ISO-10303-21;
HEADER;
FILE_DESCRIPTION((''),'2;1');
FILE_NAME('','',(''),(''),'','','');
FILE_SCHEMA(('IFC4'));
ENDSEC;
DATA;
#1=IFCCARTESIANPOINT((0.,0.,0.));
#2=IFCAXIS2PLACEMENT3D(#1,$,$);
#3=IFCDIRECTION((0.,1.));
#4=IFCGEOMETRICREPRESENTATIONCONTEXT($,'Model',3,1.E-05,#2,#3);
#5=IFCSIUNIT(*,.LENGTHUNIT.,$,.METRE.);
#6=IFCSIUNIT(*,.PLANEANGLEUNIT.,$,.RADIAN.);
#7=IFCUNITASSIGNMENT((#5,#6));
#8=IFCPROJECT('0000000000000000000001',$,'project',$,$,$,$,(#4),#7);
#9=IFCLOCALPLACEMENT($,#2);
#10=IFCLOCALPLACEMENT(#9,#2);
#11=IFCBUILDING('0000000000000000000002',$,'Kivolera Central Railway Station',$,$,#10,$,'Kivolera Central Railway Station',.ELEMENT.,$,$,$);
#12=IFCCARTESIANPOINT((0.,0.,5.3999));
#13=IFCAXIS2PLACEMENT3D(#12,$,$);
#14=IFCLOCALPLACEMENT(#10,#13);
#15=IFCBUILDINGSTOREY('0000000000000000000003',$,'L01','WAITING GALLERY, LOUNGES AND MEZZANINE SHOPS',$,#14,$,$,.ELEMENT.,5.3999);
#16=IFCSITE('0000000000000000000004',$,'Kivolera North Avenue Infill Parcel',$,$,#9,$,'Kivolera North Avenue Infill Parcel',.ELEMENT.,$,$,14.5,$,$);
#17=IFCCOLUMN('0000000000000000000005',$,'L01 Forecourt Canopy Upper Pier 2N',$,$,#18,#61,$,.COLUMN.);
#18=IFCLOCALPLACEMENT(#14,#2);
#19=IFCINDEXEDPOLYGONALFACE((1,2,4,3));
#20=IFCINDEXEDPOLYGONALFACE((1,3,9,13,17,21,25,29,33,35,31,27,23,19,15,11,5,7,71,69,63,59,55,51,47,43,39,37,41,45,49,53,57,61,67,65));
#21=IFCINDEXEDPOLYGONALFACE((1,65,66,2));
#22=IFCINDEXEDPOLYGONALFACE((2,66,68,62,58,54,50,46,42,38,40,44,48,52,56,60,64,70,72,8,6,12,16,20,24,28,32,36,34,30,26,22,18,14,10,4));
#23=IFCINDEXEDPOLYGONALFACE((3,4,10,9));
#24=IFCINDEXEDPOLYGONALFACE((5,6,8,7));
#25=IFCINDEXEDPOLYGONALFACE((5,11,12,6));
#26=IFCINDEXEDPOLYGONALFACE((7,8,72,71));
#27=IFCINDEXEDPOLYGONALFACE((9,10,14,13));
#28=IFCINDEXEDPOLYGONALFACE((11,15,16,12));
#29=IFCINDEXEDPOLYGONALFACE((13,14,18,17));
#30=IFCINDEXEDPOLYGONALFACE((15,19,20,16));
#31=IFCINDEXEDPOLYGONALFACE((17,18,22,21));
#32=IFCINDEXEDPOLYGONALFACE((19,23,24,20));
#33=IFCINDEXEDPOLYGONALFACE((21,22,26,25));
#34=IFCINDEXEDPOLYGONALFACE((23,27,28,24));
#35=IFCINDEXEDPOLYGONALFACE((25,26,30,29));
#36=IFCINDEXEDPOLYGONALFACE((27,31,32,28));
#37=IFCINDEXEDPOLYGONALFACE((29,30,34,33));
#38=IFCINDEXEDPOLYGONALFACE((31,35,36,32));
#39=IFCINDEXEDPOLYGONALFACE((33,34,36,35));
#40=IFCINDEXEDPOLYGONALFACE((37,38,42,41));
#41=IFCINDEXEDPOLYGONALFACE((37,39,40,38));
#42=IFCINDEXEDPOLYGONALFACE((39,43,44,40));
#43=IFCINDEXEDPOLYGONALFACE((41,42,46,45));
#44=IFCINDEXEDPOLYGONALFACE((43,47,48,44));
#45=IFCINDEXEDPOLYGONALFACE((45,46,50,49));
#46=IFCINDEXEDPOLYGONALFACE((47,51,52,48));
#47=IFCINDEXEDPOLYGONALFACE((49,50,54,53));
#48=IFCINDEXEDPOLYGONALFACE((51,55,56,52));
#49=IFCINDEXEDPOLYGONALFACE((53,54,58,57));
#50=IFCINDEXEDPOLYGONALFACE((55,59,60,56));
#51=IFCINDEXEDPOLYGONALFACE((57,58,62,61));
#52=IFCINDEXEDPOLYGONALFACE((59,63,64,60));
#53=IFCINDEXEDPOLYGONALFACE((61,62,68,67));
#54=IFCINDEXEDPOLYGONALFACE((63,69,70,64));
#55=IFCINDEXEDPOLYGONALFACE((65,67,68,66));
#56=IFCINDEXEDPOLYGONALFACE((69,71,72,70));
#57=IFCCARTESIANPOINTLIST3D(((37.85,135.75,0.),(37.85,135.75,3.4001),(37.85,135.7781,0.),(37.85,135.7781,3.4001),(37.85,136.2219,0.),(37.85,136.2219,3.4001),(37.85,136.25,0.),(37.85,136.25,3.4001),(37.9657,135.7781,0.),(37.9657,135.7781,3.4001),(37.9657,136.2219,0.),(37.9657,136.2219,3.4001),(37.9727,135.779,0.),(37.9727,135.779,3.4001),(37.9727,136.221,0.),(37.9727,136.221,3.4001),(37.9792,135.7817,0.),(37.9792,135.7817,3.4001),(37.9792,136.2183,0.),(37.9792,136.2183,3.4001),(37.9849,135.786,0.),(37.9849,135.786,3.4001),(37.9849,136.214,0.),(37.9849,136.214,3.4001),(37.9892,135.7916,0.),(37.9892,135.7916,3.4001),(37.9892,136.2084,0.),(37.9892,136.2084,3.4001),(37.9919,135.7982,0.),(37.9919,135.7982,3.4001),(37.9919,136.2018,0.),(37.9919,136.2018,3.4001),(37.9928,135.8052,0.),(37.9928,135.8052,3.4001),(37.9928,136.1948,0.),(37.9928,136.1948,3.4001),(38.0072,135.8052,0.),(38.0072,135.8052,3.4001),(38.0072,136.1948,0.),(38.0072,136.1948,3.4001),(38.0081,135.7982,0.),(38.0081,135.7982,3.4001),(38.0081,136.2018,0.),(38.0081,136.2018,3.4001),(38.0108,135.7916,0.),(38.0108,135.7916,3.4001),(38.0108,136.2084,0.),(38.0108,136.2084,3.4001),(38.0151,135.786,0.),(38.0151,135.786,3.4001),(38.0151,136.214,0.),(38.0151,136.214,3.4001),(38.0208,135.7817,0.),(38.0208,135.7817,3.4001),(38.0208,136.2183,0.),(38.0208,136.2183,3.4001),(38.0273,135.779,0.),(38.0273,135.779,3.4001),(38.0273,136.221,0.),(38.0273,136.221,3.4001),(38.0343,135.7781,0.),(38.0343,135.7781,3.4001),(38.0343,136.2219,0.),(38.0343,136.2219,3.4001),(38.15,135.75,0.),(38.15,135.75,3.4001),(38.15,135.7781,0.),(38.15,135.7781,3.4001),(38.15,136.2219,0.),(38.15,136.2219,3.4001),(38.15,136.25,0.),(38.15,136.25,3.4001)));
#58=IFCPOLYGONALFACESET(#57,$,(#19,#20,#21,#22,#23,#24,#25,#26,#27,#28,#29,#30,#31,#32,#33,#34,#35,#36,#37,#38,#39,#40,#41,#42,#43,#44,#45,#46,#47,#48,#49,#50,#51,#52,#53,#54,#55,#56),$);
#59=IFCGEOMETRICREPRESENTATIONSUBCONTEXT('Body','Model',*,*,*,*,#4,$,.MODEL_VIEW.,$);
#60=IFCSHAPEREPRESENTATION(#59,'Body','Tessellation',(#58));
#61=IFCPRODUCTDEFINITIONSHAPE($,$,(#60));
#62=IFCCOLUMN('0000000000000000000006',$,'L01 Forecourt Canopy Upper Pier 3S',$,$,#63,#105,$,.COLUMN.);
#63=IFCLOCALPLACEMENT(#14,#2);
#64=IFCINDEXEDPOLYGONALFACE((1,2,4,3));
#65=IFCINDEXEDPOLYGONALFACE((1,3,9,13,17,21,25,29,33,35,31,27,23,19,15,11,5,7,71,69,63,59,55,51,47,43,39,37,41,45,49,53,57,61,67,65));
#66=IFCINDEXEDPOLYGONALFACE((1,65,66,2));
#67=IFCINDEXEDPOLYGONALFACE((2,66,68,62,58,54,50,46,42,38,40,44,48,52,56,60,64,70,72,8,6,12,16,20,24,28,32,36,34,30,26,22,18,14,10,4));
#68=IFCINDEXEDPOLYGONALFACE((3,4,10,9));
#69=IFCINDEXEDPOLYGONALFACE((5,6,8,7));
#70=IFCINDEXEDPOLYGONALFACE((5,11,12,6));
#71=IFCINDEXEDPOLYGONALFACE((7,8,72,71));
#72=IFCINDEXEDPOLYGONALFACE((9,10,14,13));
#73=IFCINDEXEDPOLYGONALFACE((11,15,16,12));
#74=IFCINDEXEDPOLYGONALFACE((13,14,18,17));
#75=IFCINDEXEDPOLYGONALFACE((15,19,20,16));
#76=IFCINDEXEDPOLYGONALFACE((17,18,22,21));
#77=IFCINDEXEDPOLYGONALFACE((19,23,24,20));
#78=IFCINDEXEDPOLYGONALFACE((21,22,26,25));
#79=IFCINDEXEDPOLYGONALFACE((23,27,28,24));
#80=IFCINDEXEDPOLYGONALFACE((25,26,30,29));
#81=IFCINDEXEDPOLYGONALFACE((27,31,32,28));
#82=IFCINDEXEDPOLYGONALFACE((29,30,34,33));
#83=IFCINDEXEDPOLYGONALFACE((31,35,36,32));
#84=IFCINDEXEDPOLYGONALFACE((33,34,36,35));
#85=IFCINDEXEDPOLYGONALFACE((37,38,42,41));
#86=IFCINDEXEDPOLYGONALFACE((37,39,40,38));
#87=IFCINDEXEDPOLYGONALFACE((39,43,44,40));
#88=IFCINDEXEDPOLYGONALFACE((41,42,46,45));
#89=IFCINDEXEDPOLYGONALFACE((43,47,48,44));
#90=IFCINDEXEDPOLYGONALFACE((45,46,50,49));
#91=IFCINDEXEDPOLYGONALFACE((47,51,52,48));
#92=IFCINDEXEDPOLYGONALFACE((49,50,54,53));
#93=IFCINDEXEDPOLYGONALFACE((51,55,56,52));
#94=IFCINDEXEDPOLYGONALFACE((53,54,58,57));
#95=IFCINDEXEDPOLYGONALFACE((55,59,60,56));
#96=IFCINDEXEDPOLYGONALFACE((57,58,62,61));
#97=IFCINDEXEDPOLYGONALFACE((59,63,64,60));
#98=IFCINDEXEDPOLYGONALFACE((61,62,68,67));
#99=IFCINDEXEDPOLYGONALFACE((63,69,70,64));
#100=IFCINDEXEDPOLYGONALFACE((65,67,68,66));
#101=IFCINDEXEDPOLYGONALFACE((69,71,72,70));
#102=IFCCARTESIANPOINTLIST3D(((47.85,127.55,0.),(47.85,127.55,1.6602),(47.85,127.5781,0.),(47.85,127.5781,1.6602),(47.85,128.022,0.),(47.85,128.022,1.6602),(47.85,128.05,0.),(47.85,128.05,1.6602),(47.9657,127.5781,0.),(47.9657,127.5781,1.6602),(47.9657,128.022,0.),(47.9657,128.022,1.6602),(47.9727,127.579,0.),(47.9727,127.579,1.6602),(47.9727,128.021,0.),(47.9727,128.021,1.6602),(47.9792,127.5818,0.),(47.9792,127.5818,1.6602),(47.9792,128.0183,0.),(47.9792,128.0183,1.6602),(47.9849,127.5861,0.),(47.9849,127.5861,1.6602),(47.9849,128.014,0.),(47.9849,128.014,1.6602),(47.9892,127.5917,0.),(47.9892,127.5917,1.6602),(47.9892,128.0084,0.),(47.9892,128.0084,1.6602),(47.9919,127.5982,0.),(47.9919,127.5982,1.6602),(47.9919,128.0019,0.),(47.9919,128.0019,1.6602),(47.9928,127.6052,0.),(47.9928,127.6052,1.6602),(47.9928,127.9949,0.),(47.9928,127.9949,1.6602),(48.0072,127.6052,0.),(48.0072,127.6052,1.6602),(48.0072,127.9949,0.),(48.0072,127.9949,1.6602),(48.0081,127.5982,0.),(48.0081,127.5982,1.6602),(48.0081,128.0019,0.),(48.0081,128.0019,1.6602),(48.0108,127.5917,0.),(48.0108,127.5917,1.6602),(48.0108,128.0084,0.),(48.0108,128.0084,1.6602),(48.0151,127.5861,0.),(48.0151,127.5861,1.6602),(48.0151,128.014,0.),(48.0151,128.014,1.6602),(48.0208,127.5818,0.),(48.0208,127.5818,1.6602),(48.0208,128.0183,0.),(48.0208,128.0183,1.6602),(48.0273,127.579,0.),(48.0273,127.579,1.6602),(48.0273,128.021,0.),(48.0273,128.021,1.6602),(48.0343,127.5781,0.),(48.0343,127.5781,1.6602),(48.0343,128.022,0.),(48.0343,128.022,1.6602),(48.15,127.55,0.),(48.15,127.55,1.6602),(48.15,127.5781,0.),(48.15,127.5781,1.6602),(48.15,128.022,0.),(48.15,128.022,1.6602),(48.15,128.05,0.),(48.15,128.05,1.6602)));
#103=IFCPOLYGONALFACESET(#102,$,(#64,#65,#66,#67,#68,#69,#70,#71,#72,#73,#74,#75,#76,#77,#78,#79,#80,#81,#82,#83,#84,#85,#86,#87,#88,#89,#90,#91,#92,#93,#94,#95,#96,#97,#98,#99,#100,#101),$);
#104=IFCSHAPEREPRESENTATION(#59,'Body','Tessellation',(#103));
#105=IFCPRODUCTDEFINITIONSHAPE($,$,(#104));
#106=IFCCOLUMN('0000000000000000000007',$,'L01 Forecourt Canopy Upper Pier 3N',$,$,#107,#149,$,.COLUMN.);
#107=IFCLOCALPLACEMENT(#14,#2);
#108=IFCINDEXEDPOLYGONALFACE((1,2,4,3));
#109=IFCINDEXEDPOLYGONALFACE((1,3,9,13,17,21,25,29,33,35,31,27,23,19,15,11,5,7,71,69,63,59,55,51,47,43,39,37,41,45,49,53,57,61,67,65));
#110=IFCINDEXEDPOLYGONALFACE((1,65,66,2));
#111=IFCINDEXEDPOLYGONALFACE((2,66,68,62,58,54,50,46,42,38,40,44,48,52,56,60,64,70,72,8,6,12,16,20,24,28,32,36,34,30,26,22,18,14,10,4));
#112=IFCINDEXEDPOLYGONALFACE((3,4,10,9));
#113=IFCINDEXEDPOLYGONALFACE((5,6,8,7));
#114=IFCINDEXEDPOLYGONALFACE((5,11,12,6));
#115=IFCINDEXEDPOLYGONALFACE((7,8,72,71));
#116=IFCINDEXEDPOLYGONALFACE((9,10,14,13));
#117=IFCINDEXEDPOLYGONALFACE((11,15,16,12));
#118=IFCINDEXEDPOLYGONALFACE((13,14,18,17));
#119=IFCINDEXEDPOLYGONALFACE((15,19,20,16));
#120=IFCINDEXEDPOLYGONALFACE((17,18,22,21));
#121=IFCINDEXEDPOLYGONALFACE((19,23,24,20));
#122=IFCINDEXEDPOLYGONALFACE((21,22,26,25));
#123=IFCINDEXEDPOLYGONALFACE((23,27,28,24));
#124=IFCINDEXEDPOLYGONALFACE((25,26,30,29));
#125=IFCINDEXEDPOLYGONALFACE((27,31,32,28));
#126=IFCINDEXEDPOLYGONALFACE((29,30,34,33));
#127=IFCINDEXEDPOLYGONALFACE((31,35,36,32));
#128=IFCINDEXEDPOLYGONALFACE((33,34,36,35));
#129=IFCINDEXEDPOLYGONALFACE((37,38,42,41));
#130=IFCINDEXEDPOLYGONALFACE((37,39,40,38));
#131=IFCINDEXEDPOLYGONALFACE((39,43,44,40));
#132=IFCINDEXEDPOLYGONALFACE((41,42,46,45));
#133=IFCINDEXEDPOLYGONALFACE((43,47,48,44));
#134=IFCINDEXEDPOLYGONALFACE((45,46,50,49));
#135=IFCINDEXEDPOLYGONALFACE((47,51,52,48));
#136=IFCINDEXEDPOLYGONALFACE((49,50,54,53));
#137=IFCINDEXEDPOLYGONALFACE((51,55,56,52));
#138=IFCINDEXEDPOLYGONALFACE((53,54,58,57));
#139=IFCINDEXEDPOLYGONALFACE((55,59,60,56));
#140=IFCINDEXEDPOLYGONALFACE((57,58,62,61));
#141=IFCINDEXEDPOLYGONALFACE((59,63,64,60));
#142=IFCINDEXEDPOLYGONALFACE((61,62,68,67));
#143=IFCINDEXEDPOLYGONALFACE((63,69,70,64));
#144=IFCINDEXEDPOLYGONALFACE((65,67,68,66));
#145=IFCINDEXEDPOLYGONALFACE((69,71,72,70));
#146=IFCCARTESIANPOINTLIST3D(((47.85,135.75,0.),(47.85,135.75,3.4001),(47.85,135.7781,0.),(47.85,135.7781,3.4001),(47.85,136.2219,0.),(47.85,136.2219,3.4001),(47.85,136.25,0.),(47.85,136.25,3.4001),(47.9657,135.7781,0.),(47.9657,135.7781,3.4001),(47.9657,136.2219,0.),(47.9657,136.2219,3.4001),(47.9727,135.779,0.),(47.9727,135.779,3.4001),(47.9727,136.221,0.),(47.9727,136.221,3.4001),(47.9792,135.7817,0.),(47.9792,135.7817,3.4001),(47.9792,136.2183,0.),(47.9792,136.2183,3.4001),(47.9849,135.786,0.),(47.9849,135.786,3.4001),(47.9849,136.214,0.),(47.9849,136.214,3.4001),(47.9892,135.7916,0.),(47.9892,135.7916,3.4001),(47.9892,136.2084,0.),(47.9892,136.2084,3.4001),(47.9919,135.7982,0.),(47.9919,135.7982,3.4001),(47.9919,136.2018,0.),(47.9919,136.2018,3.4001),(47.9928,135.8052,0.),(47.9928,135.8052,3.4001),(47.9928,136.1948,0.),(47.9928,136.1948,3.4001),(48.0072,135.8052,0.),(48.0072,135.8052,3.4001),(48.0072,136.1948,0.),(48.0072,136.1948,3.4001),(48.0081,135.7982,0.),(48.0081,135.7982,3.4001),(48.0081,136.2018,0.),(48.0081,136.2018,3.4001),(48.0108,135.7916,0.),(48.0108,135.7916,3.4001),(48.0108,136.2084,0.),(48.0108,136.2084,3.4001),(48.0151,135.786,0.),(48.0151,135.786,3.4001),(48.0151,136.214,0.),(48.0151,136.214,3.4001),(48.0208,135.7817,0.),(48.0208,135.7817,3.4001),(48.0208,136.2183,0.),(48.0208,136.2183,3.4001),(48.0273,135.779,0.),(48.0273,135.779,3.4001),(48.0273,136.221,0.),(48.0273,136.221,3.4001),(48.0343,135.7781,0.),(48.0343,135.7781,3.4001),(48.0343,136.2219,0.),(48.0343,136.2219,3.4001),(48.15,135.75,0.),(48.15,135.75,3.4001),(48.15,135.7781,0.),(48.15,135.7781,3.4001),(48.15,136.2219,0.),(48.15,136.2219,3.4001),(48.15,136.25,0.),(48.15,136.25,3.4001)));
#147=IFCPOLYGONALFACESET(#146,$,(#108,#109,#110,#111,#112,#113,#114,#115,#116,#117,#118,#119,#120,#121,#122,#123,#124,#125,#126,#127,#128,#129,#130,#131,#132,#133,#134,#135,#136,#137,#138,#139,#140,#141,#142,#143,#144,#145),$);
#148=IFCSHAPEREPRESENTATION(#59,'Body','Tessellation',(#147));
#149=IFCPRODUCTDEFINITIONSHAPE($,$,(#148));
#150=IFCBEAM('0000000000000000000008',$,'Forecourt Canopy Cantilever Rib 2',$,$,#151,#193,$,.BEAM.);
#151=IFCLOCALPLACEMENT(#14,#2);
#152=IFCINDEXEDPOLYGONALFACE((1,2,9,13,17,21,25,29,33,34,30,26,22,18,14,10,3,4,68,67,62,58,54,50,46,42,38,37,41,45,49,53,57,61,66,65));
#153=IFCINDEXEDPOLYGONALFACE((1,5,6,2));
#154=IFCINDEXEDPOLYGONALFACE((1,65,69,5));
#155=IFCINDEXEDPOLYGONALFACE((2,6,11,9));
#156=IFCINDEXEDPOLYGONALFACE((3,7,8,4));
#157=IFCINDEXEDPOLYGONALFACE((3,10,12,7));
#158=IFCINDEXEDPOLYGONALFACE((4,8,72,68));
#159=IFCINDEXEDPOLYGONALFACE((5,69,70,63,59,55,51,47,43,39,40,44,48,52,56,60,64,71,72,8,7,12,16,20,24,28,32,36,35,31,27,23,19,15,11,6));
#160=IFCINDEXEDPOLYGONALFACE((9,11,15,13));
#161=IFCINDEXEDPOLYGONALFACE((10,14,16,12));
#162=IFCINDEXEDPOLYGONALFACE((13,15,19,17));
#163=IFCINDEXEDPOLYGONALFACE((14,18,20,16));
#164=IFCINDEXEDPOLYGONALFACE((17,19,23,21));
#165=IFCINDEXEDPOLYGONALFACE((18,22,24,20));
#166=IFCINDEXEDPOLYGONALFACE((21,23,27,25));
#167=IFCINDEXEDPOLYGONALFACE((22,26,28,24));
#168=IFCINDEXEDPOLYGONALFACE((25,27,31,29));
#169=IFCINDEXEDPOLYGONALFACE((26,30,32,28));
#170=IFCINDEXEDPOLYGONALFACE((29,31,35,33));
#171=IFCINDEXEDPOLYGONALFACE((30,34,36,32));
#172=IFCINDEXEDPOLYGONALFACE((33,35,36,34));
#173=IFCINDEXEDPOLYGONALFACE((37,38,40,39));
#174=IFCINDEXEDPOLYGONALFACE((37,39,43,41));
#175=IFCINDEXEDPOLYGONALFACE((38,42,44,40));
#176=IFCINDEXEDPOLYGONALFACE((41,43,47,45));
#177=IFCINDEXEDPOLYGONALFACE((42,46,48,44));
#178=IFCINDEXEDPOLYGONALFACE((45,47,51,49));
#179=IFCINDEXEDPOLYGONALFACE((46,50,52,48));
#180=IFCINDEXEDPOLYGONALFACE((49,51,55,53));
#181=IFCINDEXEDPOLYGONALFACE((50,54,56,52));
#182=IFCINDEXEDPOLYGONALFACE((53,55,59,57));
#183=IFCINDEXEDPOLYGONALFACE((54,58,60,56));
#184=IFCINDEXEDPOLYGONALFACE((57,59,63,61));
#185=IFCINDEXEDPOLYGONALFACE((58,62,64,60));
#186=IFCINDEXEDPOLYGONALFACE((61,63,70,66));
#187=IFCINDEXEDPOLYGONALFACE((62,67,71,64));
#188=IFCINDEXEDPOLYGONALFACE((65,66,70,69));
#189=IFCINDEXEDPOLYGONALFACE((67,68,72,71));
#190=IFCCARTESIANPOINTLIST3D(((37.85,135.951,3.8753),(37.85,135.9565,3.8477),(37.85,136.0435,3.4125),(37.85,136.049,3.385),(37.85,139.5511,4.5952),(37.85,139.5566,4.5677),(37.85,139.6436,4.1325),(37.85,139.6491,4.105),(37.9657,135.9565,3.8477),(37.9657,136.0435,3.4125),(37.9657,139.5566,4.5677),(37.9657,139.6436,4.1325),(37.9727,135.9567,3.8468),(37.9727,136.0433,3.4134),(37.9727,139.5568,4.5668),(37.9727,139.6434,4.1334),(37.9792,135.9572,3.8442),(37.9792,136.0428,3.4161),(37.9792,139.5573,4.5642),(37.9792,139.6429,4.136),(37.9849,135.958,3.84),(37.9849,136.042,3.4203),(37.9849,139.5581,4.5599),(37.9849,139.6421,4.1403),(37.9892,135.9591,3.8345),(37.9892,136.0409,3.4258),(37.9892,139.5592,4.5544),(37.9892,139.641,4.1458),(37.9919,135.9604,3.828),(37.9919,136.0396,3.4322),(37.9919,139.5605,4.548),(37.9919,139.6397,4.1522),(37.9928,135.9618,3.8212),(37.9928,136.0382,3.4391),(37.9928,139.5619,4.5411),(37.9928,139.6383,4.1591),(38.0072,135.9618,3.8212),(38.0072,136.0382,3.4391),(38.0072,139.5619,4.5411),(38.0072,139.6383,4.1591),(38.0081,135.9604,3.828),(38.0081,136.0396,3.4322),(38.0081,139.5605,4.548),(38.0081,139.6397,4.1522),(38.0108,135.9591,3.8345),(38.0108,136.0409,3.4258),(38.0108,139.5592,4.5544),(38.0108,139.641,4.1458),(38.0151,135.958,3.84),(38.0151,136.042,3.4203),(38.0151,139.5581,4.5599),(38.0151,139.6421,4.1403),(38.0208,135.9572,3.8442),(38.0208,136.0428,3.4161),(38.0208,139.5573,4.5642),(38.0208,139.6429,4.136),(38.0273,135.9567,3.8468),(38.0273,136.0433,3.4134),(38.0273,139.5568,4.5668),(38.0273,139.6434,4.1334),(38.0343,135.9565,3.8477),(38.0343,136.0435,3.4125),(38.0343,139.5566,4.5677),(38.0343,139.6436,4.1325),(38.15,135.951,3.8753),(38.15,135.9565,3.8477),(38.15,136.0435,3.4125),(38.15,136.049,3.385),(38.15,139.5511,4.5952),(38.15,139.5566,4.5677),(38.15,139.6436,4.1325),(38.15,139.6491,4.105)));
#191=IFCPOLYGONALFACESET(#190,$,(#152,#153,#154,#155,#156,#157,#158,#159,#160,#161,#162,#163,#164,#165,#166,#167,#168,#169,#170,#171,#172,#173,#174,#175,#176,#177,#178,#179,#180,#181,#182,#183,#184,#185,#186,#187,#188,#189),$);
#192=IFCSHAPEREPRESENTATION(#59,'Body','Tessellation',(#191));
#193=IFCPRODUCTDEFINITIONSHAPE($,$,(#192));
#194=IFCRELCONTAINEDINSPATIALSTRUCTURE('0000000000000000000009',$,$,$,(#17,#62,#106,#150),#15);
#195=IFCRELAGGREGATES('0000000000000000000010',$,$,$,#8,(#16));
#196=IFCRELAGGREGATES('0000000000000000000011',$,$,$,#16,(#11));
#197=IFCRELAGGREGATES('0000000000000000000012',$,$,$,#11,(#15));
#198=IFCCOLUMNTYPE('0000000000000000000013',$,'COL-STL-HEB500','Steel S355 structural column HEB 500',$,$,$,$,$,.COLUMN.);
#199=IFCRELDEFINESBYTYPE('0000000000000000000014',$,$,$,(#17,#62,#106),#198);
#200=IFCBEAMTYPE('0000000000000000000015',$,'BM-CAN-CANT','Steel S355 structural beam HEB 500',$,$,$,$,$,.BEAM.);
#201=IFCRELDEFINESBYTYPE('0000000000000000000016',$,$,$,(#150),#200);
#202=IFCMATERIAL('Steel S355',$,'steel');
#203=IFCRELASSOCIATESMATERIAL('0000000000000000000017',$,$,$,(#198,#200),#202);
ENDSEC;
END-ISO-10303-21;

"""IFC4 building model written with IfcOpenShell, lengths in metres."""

from ifc_helpers import new_model, si_unit, direction, frame, origin, origin_2d, place, context, subcontext, project, spatial, i_section, extrude, material, material_profile, profile_set, type_object, element, save


model = new_model("IFC4")

# Units and contexts
model_context = context("Model", 3, precision=1e-05, world=origin(), true_north=direction((0.0, 1.0)))
body_context = subcontext(model_context, "Body", "Model", "MODEL_VIEW")
ifc_project = project(units=[si_unit("LENGTHUNIT", "METRE"), si_unit("PLANEANGLEUNIT", "RADIAN")], contexts=[model_context])

# Site, building, storey
site_placement = place(None, origin())
site = spatial("IfcSite", under=ifc_project, at=site_placement, Name="Kivolera North Avenue Infill Parcel", LongName="Kivolera North Avenue Infill Parcel", CompositionType="ELEMENT", RefElevation=14.5)
building_placement = place(site_placement, origin())
building = spatial("IfcBuilding", under=site, at=building_placement, Name="Kivolera Central Railway Station", LongName="Kivolera Central Railway Station", CompositionType="ELEMENT")
storey_placement = place(building_placement, frame((0.0, 0.0, 5.3999)))
storey = spatial("IfcBuildingStorey", under=building, at=storey_placement, Name="L01", Description="WAITING GALLERY, LOUNGES AND MEZZANINE SHOPS", CompositionType="ELEMENT", Elevation=5.3999)

# Columns
ifc_material = material(Name="Steel S355", Category="steel")
ifc_material_profile_1 = material_profile(ifc_material, i_section(OverallWidth=0.3, OverallDepth=0.5, WebThickness=0.0144, FlangeThickness=0.0281, FilletRadius=0.0271, at=origin_2d()), Name="HEB 500")
ifc_profile_set_1 = profile_set([ifc_material_profile_1], Name="Steel S355")
column_type = type_object("IfcColumnType", Name="COL-STL-HEB500", Description="Steel S355 structural column HEB 500", PredefinedType="COLUMN", material=ifc_profile_set_1)
column_1_placement = place(storey_placement, frame((38.0, 136.0, 0.0), z_axis=(0.0, 0.0, 1.0), x_axis=(1.0, 0.0, 0.0)))
element("IfcColumn", 1, at=column_1_placement, inside=storey, type_object=column_type, Name="L01 Forecourt Canopy Upper Pier 2N", PredefinedType="COLUMN", context=body_context, shape_type="SweptSolid", body=[
    extrude(i_section(OverallWidth=0.3, OverallDepth=0.5, WebThickness=0.0144, FlangeThickness=0.0281, FilletRadius=0.0271, at=origin_2d()), origin(), (0.0, 0.0, 1.0), 3.4001),
])
column_2_placement = place(storey_placement, frame((48.0, 127.8, 0.0), z_axis=(0.0, 0.0, 1.0), x_axis=(1.0, 0.0, 0.0)))
element("IfcColumn", 2, at=column_2_placement, inside=storey, type_object=column_type, Name="L01 Forecourt Canopy Upper Pier 3S", PredefinedType="COLUMN", context=body_context, shape_type="SweptSolid", body=[
    extrude(i_section(OverallWidth=0.3, OverallDepth=0.5, WebThickness=0.0144, FlangeThickness=0.0281, FilletRadius=0.0271, at=origin_2d()), origin(), (0.0, 0.0, 1.0), 1.6602),
])
column_3_placement = place(storey_placement, frame((48.0, 136.0, 0.0), z_axis=(0.0, 0.0, 1.0), x_axis=(1.0, 0.0, 0.0)))
element("IfcColumn", 3, at=column_3_placement, inside=storey, type_object=column_type, Name="L01 Forecourt Canopy Upper Pier 3N", PredefinedType="COLUMN", context=body_context, shape_type="SweptSolid", body=[
    extrude(i_section(OverallWidth=0.3, OverallDepth=0.5, WebThickness=0.0144, FlangeThickness=0.0281, FilletRadius=0.0271, at=origin_2d()), origin(), (0.0, 0.0, 1.0), 3.4001),
])

# Beam
ifc_material_profile_2 = material_profile(ifc_material, i_section(OverallWidth=0.3, OverallDepth=0.5, WebThickness=0.0144, FlangeThickness=0.0281, FilletRadius=0.0271, at=origin_2d()), Name="HEB 500")
ifc_profile_set_2 = profile_set([ifc_material_profile_2], Name="Steel S355")
beam_type_1 = type_object("IfcBeamType", Name="BM-CAN-CANT", Description="Steel S355 structural beam HEB 500", PredefinedType="BEAM", material=ifc_profile_set_2)
for number, where, z_axis, x_axis, name in (
    (4, (38.0, 136.0, 3.6301), (0.0, 0.980583, 0.196103), (-1.0, 0.0, 0.0), "Forecourt Canopy Cantilever Rib 2"),
):
    element("IfcBeam", number, at=place(storey_placement, frame(where, z_axis=z_axis, x_axis=x_axis)), inside=storey, type_object=beam_type_1, Name=name, PredefinedType="BEAM", context=body_context, shape_type="SweptSolid", body=[
        extrude(i_section(OverallWidth=0.3, OverallDepth=0.5, WebThickness=0.0144, FlangeThickness=0.0281, FilletRadius=0.0271, at=origin_2d()), origin(), (0.0, 0.0, 1.0), 3.6714),
    ])

save(model, "model.ifc")
